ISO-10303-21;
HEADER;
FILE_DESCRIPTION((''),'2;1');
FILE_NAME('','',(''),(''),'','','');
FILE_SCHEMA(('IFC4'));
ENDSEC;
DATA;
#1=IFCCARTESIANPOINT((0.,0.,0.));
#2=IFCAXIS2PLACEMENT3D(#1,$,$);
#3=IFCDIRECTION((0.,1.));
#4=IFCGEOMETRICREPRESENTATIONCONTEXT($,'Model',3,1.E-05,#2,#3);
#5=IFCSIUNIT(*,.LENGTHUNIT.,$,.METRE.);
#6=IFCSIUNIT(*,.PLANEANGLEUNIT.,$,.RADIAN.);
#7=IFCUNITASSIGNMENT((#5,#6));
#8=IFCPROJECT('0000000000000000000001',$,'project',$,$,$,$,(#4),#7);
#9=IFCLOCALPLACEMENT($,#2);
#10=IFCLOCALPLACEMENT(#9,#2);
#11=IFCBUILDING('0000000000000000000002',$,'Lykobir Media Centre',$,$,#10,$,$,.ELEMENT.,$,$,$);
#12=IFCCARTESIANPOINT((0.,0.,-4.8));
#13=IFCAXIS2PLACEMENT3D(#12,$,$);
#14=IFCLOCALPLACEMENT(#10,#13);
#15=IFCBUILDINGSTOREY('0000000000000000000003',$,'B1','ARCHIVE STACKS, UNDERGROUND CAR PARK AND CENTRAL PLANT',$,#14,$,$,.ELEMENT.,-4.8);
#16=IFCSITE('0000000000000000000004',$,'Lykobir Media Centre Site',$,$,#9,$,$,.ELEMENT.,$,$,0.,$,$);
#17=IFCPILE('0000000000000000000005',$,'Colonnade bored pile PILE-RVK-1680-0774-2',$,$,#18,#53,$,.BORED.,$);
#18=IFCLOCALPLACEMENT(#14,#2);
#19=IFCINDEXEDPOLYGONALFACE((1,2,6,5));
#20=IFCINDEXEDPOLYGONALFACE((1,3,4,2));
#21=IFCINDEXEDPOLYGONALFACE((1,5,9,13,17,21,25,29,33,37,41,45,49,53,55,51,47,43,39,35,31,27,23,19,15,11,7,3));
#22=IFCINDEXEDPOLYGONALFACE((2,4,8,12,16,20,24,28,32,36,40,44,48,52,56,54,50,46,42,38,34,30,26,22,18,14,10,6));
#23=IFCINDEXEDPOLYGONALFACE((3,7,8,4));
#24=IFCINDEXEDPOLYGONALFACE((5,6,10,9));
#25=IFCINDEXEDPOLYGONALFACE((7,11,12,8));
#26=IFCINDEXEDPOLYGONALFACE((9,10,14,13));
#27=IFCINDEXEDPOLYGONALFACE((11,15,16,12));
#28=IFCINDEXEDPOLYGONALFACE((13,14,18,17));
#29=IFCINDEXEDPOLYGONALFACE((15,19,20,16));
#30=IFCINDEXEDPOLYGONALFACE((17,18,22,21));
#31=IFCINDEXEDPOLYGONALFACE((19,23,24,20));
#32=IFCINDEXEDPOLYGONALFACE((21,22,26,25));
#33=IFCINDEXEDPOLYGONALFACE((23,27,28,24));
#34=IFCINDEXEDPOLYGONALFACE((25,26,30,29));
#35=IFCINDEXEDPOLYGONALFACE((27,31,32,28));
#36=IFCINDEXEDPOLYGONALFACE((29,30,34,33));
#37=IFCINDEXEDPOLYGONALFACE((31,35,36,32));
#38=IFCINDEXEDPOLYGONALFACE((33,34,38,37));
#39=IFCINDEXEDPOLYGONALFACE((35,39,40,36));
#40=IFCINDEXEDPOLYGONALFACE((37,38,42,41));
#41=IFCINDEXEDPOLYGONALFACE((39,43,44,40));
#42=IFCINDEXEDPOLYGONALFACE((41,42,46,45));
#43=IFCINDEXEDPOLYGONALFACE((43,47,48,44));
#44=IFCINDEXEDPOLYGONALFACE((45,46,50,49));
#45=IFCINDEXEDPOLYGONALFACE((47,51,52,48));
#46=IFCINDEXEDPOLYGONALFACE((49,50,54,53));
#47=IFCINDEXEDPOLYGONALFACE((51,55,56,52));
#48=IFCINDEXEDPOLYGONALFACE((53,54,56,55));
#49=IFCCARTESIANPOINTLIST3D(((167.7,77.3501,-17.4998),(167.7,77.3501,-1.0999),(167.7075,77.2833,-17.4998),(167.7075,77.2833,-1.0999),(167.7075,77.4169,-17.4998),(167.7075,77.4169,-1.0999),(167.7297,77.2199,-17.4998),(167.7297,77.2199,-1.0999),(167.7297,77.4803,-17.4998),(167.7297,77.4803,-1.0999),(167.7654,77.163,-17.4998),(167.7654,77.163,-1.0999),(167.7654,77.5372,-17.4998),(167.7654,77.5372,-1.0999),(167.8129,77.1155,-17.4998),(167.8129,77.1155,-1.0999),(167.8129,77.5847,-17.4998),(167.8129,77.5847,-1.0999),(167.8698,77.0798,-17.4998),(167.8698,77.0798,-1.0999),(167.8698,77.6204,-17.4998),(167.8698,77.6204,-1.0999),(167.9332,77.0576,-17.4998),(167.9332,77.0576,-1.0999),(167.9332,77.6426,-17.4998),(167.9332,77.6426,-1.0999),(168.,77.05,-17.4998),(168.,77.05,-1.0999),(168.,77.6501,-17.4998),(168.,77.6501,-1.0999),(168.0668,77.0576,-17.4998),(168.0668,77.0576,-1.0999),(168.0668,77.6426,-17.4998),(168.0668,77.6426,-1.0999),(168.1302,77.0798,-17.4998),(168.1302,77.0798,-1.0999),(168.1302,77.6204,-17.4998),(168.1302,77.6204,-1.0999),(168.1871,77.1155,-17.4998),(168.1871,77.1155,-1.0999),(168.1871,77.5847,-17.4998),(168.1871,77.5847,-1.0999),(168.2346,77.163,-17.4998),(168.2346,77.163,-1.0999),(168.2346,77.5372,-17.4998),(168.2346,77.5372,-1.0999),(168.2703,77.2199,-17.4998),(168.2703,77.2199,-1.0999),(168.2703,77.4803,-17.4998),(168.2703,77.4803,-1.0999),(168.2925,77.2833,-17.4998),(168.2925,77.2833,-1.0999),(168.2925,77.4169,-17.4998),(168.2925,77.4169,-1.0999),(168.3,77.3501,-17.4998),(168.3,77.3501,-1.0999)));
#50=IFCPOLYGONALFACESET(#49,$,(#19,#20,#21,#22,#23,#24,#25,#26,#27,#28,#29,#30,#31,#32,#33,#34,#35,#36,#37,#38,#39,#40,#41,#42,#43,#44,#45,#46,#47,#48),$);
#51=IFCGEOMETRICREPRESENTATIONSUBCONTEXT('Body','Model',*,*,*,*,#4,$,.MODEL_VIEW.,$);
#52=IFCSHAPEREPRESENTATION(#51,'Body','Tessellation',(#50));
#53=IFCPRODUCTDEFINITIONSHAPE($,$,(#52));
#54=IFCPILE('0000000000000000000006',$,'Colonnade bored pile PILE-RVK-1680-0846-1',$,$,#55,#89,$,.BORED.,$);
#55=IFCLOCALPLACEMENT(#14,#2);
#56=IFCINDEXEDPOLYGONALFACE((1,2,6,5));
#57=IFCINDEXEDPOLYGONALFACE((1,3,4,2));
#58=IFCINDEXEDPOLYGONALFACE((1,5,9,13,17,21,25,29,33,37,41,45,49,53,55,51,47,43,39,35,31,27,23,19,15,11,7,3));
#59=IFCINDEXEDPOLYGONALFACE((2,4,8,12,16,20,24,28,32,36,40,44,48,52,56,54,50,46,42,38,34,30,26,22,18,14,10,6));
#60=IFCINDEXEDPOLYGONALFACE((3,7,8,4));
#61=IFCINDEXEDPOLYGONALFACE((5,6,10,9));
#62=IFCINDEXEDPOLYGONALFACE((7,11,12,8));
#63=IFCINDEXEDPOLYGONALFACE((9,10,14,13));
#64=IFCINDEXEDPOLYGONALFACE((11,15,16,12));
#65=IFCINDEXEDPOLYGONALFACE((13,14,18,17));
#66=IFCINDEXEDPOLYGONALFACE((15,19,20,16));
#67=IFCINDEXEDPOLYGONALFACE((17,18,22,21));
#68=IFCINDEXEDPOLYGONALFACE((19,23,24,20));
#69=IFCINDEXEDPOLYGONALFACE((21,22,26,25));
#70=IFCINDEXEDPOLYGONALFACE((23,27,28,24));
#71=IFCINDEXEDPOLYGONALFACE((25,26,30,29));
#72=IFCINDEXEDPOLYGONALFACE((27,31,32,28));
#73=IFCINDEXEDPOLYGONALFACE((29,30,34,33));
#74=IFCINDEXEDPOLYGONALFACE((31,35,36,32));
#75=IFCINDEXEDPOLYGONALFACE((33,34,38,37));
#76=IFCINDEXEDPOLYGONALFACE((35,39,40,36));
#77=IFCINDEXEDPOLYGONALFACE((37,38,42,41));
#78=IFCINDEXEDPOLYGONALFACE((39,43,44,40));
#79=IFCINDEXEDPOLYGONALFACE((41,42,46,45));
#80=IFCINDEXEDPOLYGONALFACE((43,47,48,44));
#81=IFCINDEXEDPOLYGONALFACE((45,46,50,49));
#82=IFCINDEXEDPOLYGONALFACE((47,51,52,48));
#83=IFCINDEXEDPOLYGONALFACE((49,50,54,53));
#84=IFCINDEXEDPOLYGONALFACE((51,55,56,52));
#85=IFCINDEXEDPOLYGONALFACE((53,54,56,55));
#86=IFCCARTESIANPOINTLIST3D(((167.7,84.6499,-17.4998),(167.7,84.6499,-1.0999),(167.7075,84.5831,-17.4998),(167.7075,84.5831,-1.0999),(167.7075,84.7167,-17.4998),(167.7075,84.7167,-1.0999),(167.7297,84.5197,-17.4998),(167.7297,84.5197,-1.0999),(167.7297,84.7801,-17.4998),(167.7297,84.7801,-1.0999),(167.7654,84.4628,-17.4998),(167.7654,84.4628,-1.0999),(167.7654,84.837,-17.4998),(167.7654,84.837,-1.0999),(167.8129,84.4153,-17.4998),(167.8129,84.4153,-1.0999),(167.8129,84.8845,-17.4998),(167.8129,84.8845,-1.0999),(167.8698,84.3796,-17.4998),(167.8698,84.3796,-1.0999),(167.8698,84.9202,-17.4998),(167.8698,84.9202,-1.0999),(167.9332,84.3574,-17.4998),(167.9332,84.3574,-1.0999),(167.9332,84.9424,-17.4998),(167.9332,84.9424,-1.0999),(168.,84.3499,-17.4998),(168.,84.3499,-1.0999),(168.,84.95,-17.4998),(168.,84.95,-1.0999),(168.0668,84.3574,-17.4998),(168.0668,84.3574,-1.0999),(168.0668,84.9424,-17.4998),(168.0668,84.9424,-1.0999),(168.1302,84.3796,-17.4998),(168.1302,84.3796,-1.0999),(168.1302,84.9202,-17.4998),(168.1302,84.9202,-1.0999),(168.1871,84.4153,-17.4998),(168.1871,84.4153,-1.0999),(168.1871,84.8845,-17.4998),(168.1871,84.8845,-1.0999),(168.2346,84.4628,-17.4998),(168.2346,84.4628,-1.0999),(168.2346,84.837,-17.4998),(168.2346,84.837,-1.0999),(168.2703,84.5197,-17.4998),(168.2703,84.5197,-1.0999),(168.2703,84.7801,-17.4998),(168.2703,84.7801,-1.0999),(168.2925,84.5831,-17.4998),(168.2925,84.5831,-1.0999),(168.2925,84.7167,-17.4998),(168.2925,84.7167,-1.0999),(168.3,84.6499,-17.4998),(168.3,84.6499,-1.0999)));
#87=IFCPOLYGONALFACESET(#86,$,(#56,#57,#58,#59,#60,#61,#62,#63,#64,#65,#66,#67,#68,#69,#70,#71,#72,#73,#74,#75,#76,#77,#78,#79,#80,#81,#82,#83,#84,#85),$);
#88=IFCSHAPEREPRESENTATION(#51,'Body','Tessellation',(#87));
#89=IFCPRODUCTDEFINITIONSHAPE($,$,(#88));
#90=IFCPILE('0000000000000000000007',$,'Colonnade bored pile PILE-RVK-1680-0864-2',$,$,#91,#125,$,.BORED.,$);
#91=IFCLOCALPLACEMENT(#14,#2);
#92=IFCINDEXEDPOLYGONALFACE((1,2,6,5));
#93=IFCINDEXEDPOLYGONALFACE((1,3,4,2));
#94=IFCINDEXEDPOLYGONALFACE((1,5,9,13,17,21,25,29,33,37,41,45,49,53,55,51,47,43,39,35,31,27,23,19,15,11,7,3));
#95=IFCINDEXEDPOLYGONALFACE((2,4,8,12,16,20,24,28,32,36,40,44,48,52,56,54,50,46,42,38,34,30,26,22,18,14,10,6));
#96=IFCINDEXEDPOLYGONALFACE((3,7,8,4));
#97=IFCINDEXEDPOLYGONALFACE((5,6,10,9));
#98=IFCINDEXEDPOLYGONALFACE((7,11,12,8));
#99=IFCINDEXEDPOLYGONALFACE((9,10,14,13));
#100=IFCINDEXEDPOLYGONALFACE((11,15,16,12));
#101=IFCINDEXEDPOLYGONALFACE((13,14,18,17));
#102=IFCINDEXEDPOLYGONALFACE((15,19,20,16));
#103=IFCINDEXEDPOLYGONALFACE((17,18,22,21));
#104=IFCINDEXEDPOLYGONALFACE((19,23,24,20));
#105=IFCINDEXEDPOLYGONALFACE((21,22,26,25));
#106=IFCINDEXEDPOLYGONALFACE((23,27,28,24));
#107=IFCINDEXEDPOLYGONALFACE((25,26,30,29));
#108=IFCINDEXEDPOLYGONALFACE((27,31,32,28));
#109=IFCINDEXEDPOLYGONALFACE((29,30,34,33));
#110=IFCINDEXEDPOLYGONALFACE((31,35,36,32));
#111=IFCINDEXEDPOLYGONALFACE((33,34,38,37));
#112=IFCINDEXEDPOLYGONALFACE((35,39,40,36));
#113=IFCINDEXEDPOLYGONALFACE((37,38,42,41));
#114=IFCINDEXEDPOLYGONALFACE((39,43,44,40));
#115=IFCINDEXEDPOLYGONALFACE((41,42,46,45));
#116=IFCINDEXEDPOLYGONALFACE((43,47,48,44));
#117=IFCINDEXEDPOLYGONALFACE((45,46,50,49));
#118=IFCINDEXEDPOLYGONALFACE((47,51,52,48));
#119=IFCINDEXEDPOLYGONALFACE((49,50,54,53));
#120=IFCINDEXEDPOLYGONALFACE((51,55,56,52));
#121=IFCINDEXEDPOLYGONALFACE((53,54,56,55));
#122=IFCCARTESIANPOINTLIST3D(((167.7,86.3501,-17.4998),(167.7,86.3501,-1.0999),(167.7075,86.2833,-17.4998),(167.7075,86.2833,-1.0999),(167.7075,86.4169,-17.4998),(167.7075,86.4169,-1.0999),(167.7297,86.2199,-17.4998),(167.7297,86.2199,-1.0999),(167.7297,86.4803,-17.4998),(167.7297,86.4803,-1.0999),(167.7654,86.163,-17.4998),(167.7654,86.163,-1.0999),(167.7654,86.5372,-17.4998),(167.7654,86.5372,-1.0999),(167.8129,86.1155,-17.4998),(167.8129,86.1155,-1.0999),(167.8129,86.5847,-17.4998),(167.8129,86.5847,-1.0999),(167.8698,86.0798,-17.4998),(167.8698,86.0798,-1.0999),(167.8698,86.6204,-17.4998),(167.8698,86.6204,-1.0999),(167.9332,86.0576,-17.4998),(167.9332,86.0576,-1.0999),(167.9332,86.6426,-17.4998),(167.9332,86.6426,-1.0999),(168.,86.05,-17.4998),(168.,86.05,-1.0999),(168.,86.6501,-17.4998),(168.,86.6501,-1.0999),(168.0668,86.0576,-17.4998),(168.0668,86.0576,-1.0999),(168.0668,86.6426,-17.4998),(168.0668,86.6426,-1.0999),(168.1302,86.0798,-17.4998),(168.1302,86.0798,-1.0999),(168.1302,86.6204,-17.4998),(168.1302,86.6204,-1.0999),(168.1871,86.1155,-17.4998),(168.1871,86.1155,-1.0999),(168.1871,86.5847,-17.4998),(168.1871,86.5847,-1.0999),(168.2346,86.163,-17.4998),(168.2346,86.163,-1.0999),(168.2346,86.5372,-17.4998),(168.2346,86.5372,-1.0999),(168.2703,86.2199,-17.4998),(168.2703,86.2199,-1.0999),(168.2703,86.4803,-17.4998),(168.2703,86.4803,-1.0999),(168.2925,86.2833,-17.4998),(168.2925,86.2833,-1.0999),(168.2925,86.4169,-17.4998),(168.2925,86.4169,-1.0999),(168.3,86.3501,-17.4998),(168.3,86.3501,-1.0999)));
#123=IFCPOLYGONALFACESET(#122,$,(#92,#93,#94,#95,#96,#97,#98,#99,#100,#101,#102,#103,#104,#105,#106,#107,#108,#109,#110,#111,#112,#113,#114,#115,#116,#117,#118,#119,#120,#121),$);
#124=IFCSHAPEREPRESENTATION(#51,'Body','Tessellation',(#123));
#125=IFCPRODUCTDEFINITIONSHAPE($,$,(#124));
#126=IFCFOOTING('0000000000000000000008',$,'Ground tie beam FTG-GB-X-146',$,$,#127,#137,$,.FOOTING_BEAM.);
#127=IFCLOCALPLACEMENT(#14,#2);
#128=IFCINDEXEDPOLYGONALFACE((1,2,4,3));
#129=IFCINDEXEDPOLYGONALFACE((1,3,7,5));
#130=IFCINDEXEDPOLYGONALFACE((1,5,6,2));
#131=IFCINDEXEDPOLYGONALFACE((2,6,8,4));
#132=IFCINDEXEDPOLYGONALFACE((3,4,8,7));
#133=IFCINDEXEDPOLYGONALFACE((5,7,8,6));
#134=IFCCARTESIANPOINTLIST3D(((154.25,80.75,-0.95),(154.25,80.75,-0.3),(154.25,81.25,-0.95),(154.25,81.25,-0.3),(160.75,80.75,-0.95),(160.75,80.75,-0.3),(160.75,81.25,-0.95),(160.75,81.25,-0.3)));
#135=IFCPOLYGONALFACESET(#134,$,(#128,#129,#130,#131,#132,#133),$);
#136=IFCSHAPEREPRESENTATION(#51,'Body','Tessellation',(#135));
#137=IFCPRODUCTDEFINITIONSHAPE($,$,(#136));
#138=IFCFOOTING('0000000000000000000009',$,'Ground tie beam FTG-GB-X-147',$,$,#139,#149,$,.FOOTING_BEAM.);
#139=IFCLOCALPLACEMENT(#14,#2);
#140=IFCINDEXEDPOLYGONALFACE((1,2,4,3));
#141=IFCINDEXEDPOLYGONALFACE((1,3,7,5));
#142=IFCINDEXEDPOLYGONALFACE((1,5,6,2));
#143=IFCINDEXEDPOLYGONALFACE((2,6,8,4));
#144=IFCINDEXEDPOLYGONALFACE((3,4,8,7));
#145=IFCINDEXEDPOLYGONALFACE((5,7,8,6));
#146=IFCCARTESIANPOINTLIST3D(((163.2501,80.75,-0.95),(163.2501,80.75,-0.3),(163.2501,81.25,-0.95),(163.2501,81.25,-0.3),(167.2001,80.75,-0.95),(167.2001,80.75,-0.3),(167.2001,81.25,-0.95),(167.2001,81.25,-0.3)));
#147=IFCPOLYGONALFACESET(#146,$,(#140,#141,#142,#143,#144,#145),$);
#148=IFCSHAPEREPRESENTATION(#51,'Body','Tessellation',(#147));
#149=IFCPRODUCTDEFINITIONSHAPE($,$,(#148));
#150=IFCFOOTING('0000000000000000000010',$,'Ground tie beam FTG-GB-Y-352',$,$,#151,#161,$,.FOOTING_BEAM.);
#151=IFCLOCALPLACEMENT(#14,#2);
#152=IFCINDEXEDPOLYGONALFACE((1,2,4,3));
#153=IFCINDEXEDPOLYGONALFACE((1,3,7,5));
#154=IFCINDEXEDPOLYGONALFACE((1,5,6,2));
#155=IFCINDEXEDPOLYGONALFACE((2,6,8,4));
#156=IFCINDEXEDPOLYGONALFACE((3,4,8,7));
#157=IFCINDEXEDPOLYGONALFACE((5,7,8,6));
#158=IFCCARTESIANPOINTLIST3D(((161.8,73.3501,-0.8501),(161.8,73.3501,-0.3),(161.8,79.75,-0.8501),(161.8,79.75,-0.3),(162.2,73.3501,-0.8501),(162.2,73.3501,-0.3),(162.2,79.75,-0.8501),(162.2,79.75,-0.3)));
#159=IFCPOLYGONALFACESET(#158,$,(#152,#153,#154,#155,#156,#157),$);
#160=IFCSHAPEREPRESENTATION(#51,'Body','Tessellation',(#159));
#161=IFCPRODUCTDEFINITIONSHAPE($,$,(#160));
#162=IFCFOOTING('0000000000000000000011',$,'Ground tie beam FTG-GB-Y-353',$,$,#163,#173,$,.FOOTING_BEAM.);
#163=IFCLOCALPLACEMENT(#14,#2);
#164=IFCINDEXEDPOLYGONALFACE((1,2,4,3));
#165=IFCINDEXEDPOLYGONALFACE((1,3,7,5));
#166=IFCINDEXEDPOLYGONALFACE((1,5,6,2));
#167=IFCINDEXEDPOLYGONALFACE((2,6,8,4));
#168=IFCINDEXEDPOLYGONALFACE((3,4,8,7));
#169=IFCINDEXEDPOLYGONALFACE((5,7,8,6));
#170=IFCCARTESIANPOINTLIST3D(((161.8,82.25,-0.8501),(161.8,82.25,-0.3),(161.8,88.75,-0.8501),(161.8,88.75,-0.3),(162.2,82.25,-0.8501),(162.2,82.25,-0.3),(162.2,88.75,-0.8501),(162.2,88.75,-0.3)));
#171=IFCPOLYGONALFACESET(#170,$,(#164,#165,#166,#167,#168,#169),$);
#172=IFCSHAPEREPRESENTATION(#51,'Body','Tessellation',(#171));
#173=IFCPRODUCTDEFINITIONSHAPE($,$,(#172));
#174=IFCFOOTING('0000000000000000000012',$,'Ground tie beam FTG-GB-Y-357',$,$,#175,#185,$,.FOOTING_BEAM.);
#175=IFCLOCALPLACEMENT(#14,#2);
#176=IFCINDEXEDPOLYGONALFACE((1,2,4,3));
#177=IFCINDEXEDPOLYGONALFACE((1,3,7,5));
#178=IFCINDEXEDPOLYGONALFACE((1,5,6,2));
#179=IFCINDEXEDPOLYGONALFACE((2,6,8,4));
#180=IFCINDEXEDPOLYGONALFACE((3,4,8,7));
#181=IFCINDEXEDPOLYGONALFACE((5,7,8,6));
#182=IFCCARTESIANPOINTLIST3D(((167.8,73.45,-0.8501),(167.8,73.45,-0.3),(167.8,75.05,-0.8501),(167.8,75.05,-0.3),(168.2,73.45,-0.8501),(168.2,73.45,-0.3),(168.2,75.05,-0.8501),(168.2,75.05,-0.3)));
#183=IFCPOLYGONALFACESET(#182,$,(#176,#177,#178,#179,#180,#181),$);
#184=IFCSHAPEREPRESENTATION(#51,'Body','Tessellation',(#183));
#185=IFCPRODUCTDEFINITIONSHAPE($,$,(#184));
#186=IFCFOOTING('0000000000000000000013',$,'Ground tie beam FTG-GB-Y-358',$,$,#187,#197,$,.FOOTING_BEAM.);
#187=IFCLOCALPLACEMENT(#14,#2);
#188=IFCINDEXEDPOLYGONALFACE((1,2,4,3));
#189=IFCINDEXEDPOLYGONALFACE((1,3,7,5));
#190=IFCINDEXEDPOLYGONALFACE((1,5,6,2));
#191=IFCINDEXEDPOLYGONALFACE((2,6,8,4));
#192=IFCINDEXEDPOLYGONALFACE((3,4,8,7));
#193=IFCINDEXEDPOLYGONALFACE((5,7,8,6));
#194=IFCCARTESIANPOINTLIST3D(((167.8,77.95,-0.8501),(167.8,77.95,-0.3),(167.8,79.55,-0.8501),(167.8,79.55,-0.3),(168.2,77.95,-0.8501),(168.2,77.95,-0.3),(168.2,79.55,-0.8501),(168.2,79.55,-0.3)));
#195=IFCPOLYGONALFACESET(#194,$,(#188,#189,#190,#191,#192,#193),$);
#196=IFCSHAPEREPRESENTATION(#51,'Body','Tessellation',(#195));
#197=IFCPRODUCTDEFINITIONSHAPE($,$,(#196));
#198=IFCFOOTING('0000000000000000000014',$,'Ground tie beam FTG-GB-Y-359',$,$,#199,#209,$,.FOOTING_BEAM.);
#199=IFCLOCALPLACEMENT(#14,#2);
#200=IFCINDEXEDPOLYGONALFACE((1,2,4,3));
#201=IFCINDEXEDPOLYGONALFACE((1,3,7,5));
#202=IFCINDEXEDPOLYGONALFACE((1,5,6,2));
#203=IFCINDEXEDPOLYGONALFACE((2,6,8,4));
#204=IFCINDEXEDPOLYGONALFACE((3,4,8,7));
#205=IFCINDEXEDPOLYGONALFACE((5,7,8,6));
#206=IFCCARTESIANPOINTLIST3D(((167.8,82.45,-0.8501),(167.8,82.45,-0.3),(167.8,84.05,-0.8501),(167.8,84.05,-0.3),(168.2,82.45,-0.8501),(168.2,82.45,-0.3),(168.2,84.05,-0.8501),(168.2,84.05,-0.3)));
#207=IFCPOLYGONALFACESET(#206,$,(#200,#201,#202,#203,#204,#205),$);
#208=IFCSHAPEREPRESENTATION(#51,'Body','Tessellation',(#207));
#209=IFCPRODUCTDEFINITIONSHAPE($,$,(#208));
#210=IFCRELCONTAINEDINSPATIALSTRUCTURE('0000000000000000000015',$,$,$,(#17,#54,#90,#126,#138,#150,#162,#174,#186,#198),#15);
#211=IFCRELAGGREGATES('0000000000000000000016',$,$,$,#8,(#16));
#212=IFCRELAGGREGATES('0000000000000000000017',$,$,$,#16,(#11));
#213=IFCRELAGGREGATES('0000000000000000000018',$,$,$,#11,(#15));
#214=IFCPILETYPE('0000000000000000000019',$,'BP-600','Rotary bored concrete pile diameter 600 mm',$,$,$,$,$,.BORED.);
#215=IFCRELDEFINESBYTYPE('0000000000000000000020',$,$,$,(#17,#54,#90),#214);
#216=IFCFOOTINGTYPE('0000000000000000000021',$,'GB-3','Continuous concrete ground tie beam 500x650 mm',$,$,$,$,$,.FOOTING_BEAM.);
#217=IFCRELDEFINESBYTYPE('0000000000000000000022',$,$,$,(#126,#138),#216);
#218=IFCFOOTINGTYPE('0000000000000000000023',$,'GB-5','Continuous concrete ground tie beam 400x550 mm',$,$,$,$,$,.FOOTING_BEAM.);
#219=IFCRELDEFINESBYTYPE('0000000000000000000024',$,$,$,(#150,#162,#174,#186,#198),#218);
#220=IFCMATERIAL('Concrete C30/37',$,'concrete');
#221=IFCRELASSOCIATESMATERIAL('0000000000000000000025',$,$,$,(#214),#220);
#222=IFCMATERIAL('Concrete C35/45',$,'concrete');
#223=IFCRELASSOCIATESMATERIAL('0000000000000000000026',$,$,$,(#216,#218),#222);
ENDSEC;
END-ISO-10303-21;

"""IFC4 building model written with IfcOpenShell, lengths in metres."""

from ifc_helpers import new_model, si_unit, direction, frame, origin, origin_2d, place, context, subcontext, project, spatial, rectangle, circle, extrude, material, material_profile, profile_set, type_object, element, save


model = new_model("IFC4")

# Units and contexts
model_context = context("Model", 3, precision=1e-05, world=origin(), true_north=direction((0.0, 1.0)))
body_context = subcontext(model_context, "Body", "Model", "MODEL_VIEW")
ifc_project = project(units=[si_unit("LENGTHUNIT", "METRE"), si_unit("PLANEANGLEUNIT", "RADIAN")], contexts=[model_context])

# Site, building, storey
site_placement = place(None, origin())
site = spatial("IfcSite", under=ifc_project, at=site_placement, Name="Lykobir Media Centre Site", CompositionType="ELEMENT", RefElevation=0.0)
building_placement = place(site_placement, origin())
building = spatial("IfcBuilding", under=site, at=building_placement, Name="Lykobir Media Centre", CompositionType="ELEMENT")
storey_placement = place(building_placement, frame((0.0, 0.0, -4.8)))
storey = spatial("IfcBuildingStorey", under=building, at=storey_placement, Name="B1", Description="ARCHIVE STACKS, UNDERGROUND CAR PARK AND CENTRAL PLANT", CompositionType="ELEMENT", Elevation=-4.8)

# Piles
ifc_material_1 = material(Name="Concrete C30/37", Category="concrete")
ifc_material_profile_1 = material_profile(ifc_material_1, circle(Radius=0.3, at=origin_2d()), Name="BORED PILE D600")
ifc_profile_set_1 = profile_set([ifc_material_profile_1], Name="Concrete C30/37")
pile_type = type_object("IfcPileType", Name="BP-600", Description="Rotary bored concrete pile diameter 600 mm", PredefinedType="BORED", material=ifc_profile_set_1)
for number, where, z_axis, x_axis, name in (
    (1, (168.0, 77.3501, -1.0999), (0.0, 0.0, -1.0), (1.0, 0.0, 0.0), "Colonnade bored pile PILE-RVK-1680-0774-2"),
    (2, (168.0, 84.6499, -1.0999), (0.0, 0.0, -1.0), (1.0, 0.0, 0.0), "Colonnade bored pile PILE-RVK-1680-0846-1"),
    (3, (168.0, 86.3501, -1.0999), (0.0, 0.0, -1.0), (1.0, 0.0, 0.0), "Colonnade bored pile PILE-RVK-1680-0864-2"),
):
    element("IfcPile", number, at=place(storey_placement, frame(where, z_axis=z_axis, x_axis=x_axis)), inside=storey, type_object=pile_type, Name=name, PredefinedType="BORED", context=body_context, shape_type="SweptSolid", body=[
        extrude(circle(Radius=0.3, at=origin_2d()), origin(), (0.0, 0.0, 1.0), 16.3999),
    ])

# Footings
ifc_material_2 = material(Name="Concrete C35/45", Category="concrete")
footing_type_1 = type_object("IfcFootingType", Name="GB-3", Description="Continuous concrete ground tie beam 500x650 mm", PredefinedType="FOOTING_BEAM", material=ifc_material_2)
footing_1_placement = place(storey_placement, frame((157.5, 81.0, -0.95), z_axis=(0.0, 0.0, 1.0), x_axis=(1.0, 0.0, 0.0)))
element("IfcFooting", 4, at=footing_1_placement, inside=storey, type_object=footing_type_1, Name="Ground tie beam FTG-GB-X-146", PredefinedType="FOOTING_BEAM", context=body_context, shape_type="SweptSolid", body=[
    extrude(rectangle(XDim=6.5, YDim=0.5, at=origin_2d()), origin(), (0.0, 0.0, 1.0), 0.6499),
])
footing_2_placement = place(storey_placement, frame((165.2251, 81.0, -0.95), z_axis=(0.0, 0.0, 1.0), x_axis=(1.0, 0.0, 0.0)))
element("IfcFooting", 5, at=footing_2_placement, inside=storey, type_object=footing_type_1, Name="Ground tie beam FTG-GB-X-147", PredefinedType="FOOTING_BEAM", context=body_context, shape_type="SweptSolid", body=[
    extrude(rectangle(XDim=3.95, YDim=0.5, at=origin_2d()), origin(), (0.0, 0.0, 1.0), 0.6499),
])
footing_type_2 = type_object("IfcFootingType", Name="GB-5", Description="Continuous concrete ground tie beam 400x550 mm", PredefinedType="FOOTING_BEAM", material=ifc_material_2)
footing_3_placement = place(storey_placement, frame((162.0, 76.55, -0.8501), z_axis=(0.0, 0.0, 1.0), x_axis=(0.0, 1.0, 0.0)))
element("IfcFooting", 6, at=footing_3_placement, inside=storey, type_object=footing_type_2, Name="Ground tie beam FTG-GB-Y-352", PredefinedType="FOOTING_BEAM", context=body_context, shape_type="SweptSolid", body=[
    extrude(rectangle(XDim=6.3999, YDim=0.3999, at=origin_2d()), origin(), (0.0, 0.0, 1.0), 0.55),
])
footing_4_placement = place(storey_placement, frame((162.0, 85.5, -0.8501), z_axis=(0.0, 0.0, 1.0), x_axis=(0.0, 1.0, 0.0)))
element("IfcFooting", 7, at=footing_4_placement, inside=storey, type_object=footing_type_2, Name="Ground tie beam FTG-GB-Y-353", PredefinedType="FOOTING_BEAM", context=body_context, shape_type="SweptSolid", body=[
    extrude(rectangle(XDim=6.5, YDim=0.3999, at=origin_2d()), origin(), (0.0, 0.0, 1.0), 0.55),
])
for number, where, z_axis, x_axis, name in (
    (8, (168.0, 74.25, -0.8501), (0.0, 0.0, 1.0), (0.0, 1.0, 0.0), "Ground tie beam FTG-GB-Y-357"),
    (9, (168.0, 78.75, -0.8501), (0.0, 0.0, 1.0), (0.0, 1.0, 0.0), "Ground tie beam FTG-GB-Y-358"),
    (10, (168.0, 83.25, -0.8501), (0.0, 0.0, 1.0), (0.0, 1.0, 0.0), "Ground tie beam FTG-GB-Y-359"),
):
    element("IfcFooting", number, at=place(storey_placement, frame(where, z_axis=z_axis, x_axis=x_axis)), inside=storey, type_object=footing_type_2, Name=name, PredefinedType="FOOTING_BEAM", context=body_context, shape_type="SweptSolid", body=[
        extrude(rectangle(XDim=1.6001, YDim=0.3999, at=origin_2d()), origin(), (0.0, 0.0, 1.0), 0.55),
    ])

save(model, "model.ifc")
